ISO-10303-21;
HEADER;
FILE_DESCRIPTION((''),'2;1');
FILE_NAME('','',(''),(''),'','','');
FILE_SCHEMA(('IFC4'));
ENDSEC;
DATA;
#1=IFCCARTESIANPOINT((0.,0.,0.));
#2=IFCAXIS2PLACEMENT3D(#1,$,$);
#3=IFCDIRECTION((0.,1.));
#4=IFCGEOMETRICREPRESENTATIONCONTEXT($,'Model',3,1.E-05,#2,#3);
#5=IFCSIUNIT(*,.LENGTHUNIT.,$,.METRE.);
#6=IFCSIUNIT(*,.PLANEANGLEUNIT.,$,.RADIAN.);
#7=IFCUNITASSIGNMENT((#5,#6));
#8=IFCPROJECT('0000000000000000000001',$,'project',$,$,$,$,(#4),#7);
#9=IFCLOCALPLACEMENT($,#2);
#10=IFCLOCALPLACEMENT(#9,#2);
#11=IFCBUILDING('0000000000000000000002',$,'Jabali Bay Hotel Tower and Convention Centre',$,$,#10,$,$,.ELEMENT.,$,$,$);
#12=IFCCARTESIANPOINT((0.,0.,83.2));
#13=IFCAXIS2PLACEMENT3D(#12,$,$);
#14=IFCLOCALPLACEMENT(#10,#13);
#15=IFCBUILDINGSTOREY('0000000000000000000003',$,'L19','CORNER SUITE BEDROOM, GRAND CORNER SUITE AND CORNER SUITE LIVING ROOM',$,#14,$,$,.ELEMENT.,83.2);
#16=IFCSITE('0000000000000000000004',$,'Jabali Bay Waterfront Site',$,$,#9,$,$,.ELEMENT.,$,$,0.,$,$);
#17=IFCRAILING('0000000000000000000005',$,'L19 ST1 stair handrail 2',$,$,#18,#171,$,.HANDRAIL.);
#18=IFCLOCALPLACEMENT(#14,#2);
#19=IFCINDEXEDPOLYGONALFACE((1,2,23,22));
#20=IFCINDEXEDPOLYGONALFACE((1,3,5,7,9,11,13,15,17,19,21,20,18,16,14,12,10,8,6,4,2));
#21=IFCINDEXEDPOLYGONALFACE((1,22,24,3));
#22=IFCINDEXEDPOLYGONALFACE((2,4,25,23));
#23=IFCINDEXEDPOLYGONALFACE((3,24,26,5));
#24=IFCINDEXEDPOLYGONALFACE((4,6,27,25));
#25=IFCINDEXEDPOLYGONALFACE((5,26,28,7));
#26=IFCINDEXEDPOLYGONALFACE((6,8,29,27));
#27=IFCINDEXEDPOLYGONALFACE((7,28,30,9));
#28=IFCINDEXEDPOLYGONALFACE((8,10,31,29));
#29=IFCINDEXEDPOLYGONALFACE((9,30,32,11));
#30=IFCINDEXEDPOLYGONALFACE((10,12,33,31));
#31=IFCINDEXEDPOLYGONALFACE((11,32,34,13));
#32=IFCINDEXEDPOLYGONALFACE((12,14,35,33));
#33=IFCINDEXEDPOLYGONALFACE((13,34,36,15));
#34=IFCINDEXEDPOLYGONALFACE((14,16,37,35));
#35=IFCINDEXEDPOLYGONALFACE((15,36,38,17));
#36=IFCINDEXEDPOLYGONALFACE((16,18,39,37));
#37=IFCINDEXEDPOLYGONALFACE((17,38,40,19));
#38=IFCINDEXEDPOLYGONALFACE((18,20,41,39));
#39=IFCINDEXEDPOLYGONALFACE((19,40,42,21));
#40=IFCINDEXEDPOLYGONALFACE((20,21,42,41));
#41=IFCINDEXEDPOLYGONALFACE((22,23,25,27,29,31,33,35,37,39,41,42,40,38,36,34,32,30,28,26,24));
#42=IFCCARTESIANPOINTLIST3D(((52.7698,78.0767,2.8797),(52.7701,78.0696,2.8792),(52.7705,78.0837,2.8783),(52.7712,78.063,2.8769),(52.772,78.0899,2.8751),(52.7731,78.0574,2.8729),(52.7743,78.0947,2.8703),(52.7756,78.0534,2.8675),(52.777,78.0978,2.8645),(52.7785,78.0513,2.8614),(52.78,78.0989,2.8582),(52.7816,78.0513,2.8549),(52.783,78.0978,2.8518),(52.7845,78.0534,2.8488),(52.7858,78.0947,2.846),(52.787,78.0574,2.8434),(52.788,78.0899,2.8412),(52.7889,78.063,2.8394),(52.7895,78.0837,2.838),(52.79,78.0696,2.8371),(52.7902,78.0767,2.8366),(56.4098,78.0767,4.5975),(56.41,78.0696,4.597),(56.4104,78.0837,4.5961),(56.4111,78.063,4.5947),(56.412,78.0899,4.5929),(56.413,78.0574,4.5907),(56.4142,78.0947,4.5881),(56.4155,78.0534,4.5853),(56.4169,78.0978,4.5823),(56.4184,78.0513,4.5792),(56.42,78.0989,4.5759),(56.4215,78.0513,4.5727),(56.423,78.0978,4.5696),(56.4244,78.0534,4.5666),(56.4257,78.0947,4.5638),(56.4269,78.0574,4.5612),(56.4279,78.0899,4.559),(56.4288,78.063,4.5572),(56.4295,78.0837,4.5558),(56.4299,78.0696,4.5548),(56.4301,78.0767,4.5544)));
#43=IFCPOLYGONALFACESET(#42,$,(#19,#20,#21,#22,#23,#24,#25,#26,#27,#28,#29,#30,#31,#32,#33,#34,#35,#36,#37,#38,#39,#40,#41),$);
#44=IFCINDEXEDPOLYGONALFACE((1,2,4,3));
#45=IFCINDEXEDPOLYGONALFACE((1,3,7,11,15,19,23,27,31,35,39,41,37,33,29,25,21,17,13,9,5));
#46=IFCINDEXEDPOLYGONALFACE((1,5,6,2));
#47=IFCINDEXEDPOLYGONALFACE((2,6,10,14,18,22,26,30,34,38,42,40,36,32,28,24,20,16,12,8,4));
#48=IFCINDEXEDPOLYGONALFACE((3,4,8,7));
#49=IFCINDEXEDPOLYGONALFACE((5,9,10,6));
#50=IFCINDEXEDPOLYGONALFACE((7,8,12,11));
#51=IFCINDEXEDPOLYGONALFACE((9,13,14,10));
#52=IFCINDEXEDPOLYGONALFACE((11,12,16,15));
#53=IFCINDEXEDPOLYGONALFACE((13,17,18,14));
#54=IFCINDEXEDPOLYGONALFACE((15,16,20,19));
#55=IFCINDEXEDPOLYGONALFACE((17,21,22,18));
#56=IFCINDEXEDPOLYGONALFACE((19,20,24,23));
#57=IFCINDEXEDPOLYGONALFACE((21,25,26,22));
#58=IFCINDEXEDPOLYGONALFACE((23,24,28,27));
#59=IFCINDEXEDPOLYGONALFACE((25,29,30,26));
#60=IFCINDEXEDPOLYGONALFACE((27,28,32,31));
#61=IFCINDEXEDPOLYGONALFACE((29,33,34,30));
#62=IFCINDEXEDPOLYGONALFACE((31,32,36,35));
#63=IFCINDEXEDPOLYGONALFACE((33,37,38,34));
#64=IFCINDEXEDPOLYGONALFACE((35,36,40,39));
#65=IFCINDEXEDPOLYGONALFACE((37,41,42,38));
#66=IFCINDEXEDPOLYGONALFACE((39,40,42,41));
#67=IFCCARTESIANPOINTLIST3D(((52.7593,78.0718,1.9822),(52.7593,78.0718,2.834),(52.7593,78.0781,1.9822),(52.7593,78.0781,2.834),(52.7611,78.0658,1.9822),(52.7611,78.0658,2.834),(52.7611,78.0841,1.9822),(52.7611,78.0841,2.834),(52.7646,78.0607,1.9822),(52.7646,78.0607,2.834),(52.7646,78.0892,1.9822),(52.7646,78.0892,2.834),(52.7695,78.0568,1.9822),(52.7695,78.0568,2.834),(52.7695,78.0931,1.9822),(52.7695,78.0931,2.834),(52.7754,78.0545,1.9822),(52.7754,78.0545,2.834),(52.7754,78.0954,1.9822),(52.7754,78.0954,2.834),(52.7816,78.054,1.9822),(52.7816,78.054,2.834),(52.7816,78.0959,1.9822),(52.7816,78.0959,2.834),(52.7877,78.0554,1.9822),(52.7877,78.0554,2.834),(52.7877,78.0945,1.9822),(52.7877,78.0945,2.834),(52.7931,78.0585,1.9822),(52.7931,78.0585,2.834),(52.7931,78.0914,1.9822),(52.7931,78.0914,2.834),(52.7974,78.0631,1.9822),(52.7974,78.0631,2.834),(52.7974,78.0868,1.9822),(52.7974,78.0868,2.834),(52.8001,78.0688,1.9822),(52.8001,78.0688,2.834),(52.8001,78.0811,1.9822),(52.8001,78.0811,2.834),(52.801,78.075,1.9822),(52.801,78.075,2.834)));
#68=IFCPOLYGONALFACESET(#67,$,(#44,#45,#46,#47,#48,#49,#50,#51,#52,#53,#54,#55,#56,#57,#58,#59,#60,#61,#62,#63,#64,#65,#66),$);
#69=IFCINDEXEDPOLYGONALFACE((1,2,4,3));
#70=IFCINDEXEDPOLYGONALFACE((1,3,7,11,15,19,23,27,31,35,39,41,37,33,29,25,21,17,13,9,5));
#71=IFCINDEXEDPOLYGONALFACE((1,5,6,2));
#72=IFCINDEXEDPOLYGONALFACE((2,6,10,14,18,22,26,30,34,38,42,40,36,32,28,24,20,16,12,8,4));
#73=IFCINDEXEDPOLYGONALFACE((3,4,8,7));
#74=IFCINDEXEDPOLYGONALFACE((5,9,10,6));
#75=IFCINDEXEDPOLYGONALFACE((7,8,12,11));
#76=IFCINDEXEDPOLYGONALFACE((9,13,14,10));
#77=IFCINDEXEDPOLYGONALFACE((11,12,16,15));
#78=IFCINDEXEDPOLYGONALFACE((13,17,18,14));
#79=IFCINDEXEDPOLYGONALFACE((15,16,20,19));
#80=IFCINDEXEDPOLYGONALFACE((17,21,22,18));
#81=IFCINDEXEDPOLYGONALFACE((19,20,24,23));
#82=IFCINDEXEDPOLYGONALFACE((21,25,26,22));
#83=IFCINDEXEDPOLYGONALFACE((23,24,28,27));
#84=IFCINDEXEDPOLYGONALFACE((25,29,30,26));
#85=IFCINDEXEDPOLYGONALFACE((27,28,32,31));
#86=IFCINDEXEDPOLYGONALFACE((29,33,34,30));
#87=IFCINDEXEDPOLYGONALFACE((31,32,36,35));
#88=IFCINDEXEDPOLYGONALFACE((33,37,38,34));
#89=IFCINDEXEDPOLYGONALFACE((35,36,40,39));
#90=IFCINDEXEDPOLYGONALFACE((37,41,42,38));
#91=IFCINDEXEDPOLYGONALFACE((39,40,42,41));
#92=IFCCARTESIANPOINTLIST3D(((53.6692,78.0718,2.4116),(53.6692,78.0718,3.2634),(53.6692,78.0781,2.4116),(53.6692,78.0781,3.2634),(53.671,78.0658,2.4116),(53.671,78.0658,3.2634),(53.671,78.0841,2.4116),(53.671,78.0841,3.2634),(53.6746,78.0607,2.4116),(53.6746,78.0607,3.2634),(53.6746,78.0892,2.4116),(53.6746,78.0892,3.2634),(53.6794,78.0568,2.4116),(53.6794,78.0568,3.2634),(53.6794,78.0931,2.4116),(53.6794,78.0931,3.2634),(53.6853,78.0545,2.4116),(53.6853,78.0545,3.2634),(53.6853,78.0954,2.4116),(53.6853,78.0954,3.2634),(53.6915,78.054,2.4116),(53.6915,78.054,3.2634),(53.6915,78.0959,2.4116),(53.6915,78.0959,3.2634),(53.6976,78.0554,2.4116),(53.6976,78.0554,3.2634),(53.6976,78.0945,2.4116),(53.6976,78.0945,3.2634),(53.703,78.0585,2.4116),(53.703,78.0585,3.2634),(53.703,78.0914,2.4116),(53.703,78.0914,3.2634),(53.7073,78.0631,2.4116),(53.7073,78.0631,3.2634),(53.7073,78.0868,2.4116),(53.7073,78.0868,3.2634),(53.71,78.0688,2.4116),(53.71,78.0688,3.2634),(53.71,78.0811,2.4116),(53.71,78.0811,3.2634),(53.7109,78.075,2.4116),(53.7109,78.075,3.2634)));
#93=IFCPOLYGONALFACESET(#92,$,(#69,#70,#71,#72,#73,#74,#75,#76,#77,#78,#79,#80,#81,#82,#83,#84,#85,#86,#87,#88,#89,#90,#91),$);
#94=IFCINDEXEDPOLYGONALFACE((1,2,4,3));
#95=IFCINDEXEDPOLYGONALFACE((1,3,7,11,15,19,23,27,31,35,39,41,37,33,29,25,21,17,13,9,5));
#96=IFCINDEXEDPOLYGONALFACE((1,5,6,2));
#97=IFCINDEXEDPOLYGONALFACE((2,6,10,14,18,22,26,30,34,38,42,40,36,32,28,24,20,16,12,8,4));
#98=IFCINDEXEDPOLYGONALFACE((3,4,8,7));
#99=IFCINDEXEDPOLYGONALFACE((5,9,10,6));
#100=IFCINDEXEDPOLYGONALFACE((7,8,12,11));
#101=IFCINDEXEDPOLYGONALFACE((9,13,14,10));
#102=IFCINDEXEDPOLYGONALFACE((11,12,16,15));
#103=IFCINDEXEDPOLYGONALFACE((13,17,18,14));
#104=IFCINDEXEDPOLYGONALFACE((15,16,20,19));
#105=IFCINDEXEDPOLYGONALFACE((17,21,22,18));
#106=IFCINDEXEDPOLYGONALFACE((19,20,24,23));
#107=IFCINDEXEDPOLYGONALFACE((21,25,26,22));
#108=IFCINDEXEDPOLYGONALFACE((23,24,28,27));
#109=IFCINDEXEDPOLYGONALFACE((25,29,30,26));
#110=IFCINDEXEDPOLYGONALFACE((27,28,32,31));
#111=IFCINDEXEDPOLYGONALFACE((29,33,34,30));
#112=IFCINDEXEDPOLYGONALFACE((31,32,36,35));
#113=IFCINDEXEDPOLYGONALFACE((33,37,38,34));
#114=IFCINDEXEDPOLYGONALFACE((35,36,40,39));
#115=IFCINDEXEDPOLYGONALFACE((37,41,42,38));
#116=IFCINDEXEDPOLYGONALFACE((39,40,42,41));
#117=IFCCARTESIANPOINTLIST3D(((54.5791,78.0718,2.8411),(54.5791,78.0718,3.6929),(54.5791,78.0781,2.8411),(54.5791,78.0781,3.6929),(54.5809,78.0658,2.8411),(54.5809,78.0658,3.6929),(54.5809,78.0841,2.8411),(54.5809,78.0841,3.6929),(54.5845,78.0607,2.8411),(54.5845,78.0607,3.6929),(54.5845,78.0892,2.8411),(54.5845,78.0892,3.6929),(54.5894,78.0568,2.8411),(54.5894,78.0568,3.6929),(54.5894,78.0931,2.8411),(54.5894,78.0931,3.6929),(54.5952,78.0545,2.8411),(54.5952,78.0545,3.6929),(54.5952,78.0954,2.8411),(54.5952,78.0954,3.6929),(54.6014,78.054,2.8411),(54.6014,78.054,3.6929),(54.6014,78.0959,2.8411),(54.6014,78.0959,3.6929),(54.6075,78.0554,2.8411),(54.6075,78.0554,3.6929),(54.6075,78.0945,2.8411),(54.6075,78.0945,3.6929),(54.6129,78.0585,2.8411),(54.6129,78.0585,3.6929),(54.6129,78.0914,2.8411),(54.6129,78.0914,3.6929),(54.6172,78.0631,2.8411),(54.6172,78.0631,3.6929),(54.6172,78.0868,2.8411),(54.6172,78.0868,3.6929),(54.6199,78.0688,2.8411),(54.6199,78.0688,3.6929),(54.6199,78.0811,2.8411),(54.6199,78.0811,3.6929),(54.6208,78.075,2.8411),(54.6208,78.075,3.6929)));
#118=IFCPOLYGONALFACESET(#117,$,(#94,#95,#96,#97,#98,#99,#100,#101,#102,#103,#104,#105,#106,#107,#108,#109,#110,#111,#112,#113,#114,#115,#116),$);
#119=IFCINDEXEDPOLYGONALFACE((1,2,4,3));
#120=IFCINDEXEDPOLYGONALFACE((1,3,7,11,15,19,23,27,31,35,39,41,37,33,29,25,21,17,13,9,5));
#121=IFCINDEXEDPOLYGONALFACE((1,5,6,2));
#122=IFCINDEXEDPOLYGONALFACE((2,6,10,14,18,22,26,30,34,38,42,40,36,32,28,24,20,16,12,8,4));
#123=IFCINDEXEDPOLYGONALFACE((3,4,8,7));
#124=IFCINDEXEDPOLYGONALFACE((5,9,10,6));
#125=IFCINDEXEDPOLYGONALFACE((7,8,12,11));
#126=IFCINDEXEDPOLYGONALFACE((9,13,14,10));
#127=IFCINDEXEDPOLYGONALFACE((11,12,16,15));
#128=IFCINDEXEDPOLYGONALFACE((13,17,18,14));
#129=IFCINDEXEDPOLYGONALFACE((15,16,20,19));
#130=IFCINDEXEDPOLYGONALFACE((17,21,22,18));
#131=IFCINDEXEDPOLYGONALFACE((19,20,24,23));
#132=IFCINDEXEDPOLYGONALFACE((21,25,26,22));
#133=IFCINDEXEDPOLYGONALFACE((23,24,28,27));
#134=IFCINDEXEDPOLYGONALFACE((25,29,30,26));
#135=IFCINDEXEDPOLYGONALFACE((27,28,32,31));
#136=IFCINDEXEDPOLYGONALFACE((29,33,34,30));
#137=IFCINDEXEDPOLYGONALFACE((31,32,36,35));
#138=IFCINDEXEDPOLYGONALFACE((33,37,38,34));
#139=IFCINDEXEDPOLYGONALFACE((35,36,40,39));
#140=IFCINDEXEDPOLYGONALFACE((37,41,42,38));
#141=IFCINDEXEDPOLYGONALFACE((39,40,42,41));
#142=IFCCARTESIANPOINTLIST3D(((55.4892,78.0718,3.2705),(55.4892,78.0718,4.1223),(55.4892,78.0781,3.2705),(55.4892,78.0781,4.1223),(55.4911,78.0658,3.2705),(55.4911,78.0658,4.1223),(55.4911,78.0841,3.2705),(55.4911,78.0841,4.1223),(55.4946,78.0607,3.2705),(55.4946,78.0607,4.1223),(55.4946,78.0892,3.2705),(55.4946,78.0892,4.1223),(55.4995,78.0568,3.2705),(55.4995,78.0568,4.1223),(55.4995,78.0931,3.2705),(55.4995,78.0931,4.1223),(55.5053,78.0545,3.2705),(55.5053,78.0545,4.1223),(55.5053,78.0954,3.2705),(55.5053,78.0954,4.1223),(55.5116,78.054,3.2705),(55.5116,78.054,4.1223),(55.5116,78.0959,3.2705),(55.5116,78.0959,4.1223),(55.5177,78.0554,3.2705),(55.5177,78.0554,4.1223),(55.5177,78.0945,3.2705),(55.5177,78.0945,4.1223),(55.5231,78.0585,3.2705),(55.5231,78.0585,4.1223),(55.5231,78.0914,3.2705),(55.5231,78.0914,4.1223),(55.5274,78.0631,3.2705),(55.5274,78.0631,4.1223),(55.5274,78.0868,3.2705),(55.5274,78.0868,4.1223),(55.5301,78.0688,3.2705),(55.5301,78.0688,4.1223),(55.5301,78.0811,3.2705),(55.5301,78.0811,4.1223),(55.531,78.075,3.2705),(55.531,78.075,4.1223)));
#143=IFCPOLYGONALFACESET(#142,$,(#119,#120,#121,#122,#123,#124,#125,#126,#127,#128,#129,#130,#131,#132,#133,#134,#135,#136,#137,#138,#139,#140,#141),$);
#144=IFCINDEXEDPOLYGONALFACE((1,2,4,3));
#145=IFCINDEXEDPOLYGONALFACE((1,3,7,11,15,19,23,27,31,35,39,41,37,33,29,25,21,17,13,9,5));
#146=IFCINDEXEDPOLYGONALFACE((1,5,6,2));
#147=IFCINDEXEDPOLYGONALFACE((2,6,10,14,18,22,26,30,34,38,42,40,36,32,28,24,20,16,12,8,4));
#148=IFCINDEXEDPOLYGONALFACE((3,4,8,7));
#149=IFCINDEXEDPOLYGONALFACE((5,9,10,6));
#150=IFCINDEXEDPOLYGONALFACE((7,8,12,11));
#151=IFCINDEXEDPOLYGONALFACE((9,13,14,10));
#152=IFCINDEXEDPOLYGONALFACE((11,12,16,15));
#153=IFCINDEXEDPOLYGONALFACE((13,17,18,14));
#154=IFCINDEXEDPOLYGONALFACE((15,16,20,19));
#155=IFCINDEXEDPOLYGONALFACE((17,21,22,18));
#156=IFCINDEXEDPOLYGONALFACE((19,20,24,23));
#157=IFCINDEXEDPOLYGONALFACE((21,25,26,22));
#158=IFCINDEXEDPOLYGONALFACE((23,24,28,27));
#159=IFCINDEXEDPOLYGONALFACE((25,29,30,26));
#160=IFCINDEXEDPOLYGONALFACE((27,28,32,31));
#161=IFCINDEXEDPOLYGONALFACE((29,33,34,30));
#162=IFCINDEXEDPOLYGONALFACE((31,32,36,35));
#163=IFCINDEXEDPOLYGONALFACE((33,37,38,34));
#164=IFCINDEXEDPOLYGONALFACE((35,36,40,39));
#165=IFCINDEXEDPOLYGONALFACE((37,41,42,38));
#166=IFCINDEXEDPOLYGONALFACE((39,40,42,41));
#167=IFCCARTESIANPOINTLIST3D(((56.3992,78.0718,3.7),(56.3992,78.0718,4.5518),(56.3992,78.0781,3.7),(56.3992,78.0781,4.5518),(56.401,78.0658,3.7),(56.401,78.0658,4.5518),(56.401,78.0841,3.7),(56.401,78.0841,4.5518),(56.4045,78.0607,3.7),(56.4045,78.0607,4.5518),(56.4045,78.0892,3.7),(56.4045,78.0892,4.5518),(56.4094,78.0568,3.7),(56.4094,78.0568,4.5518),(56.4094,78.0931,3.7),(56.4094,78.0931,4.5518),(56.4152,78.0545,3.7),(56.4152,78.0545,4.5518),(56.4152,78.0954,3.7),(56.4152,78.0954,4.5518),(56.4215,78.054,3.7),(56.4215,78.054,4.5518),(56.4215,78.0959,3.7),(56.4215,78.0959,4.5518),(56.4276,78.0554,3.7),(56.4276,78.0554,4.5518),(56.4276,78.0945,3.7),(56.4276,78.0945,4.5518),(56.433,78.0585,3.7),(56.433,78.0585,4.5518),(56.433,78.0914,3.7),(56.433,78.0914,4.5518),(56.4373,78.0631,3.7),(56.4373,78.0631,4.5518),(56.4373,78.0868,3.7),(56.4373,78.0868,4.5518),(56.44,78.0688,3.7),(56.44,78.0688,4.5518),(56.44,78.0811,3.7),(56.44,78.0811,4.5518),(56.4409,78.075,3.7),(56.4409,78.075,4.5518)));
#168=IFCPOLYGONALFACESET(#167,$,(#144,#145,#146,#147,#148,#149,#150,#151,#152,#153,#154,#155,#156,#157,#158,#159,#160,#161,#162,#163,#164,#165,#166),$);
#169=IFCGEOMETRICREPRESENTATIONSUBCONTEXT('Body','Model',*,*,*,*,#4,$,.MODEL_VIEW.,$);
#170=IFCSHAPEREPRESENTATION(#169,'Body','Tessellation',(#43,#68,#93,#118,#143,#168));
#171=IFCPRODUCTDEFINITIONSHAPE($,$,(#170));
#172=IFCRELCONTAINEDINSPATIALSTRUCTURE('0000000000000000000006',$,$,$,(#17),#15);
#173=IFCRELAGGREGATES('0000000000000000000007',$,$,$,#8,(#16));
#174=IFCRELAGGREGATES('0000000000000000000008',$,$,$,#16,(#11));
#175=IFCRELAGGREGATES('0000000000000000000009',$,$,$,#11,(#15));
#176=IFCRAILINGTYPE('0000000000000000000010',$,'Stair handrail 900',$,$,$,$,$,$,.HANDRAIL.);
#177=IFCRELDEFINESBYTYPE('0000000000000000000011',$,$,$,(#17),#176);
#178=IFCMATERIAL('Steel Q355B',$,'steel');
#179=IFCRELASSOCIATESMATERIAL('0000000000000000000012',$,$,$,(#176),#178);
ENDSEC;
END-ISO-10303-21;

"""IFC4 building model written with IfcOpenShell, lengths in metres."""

from ifc_helpers import new_model, si_unit, direction, frame, origin, origin_2d, place, context, subcontext, project, spatial, circle, extrude, material, type_object, element, save


model = new_model("IFC4")

# Units and contexts
model_context = context("Model", 3, precision=1e-05, world=origin(), true_north=direction((0.0, 1.0)))
body_context = subcontext(model_context, "Body", "Model", "MODEL_VIEW")
ifc_project = project(units=[si_unit("LENGTHUNIT", "METRE"), si_unit("PLANEANGLEUNIT", "RADIAN")], contexts=[model_context])

# Site, building, storey
site_placement = place(None, origin())
site = spatial("IfcSite", under=ifc_project, at=site_placement, Name="Jabali Bay Waterfront Site", CompositionType="ELEMENT", RefElevation=0.0)
building_placement = place(site_placement, origin())
building = spatial("IfcBuilding", under=site, at=building_placement, Name="Jabali Bay Hotel Tower and Convention Centre", CompositionType="ELEMENT")
storey_placement = place(building_placement, frame((0.0, 0.0, 83.2)))
storey = spatial("IfcBuildingStorey", under=building, at=storey_placement, Name="L19", Description="CORNER SUITE BEDROOM, GRAND CORNER SUITE AND CORNER SUITE LIVING ROOM", CompositionType="ELEMENT", Elevation=83.2)

# Railing
ifc_material_1 = material(Name="Steel Q355B", Category="steel")
railing_type = type_object("IfcRailingType", Name="Stair handrail 900", PredefinedType="HANDRAIL", material=ifc_material_1)
railing_placement = place(storey_placement, frame((52.78, 78.075, 1.9822)))
element("IfcRailing", 1, at=railing_placement, inside=storey, type_object=railing_type, Name="L19 ST1 stair handrail 2", PredefinedType="HANDRAIL", context=body_context, shape_type="SweptSolid", body=[
    extrude(circle(Radius=0.0239, at=origin_2d()), frame((0.0, 0.0, 0.876), z_axis=(0.904351, 0.0, 0.42679), x_axis=(0.0, 1.0, 0.0)), (0.0, 0.0, 1.0), 4.0249),
    extrude(circle(Radius=0.021, at=origin_2d()), origin(), (0.0, 0.0, 1.0), 0.8518),
    extrude(circle(Radius=0.021, at=origin_2d()), frame((0.9099, 0.0, 0.4294)), (0.0, 0.0, 1.0), 0.8518),
    extrude(circle(Radius=0.021, at=origin_2d()), frame((1.8198, 0.0, 0.8589)), (0.0, 0.0, 1.0), 0.8518),
    extrude(circle(Radius=0.021, at=origin_2d()), frame((2.73, 0.0, 1.2883)), (0.0, 0.0, 1.0), 0.8518),
    extrude(circle(Radius=0.021, at=origin_2d()), frame((3.6399, 0.0, 1.7178)), (0.0, 0.0, 1.0), 0.8518),
])

save(model, "model.ifc")
